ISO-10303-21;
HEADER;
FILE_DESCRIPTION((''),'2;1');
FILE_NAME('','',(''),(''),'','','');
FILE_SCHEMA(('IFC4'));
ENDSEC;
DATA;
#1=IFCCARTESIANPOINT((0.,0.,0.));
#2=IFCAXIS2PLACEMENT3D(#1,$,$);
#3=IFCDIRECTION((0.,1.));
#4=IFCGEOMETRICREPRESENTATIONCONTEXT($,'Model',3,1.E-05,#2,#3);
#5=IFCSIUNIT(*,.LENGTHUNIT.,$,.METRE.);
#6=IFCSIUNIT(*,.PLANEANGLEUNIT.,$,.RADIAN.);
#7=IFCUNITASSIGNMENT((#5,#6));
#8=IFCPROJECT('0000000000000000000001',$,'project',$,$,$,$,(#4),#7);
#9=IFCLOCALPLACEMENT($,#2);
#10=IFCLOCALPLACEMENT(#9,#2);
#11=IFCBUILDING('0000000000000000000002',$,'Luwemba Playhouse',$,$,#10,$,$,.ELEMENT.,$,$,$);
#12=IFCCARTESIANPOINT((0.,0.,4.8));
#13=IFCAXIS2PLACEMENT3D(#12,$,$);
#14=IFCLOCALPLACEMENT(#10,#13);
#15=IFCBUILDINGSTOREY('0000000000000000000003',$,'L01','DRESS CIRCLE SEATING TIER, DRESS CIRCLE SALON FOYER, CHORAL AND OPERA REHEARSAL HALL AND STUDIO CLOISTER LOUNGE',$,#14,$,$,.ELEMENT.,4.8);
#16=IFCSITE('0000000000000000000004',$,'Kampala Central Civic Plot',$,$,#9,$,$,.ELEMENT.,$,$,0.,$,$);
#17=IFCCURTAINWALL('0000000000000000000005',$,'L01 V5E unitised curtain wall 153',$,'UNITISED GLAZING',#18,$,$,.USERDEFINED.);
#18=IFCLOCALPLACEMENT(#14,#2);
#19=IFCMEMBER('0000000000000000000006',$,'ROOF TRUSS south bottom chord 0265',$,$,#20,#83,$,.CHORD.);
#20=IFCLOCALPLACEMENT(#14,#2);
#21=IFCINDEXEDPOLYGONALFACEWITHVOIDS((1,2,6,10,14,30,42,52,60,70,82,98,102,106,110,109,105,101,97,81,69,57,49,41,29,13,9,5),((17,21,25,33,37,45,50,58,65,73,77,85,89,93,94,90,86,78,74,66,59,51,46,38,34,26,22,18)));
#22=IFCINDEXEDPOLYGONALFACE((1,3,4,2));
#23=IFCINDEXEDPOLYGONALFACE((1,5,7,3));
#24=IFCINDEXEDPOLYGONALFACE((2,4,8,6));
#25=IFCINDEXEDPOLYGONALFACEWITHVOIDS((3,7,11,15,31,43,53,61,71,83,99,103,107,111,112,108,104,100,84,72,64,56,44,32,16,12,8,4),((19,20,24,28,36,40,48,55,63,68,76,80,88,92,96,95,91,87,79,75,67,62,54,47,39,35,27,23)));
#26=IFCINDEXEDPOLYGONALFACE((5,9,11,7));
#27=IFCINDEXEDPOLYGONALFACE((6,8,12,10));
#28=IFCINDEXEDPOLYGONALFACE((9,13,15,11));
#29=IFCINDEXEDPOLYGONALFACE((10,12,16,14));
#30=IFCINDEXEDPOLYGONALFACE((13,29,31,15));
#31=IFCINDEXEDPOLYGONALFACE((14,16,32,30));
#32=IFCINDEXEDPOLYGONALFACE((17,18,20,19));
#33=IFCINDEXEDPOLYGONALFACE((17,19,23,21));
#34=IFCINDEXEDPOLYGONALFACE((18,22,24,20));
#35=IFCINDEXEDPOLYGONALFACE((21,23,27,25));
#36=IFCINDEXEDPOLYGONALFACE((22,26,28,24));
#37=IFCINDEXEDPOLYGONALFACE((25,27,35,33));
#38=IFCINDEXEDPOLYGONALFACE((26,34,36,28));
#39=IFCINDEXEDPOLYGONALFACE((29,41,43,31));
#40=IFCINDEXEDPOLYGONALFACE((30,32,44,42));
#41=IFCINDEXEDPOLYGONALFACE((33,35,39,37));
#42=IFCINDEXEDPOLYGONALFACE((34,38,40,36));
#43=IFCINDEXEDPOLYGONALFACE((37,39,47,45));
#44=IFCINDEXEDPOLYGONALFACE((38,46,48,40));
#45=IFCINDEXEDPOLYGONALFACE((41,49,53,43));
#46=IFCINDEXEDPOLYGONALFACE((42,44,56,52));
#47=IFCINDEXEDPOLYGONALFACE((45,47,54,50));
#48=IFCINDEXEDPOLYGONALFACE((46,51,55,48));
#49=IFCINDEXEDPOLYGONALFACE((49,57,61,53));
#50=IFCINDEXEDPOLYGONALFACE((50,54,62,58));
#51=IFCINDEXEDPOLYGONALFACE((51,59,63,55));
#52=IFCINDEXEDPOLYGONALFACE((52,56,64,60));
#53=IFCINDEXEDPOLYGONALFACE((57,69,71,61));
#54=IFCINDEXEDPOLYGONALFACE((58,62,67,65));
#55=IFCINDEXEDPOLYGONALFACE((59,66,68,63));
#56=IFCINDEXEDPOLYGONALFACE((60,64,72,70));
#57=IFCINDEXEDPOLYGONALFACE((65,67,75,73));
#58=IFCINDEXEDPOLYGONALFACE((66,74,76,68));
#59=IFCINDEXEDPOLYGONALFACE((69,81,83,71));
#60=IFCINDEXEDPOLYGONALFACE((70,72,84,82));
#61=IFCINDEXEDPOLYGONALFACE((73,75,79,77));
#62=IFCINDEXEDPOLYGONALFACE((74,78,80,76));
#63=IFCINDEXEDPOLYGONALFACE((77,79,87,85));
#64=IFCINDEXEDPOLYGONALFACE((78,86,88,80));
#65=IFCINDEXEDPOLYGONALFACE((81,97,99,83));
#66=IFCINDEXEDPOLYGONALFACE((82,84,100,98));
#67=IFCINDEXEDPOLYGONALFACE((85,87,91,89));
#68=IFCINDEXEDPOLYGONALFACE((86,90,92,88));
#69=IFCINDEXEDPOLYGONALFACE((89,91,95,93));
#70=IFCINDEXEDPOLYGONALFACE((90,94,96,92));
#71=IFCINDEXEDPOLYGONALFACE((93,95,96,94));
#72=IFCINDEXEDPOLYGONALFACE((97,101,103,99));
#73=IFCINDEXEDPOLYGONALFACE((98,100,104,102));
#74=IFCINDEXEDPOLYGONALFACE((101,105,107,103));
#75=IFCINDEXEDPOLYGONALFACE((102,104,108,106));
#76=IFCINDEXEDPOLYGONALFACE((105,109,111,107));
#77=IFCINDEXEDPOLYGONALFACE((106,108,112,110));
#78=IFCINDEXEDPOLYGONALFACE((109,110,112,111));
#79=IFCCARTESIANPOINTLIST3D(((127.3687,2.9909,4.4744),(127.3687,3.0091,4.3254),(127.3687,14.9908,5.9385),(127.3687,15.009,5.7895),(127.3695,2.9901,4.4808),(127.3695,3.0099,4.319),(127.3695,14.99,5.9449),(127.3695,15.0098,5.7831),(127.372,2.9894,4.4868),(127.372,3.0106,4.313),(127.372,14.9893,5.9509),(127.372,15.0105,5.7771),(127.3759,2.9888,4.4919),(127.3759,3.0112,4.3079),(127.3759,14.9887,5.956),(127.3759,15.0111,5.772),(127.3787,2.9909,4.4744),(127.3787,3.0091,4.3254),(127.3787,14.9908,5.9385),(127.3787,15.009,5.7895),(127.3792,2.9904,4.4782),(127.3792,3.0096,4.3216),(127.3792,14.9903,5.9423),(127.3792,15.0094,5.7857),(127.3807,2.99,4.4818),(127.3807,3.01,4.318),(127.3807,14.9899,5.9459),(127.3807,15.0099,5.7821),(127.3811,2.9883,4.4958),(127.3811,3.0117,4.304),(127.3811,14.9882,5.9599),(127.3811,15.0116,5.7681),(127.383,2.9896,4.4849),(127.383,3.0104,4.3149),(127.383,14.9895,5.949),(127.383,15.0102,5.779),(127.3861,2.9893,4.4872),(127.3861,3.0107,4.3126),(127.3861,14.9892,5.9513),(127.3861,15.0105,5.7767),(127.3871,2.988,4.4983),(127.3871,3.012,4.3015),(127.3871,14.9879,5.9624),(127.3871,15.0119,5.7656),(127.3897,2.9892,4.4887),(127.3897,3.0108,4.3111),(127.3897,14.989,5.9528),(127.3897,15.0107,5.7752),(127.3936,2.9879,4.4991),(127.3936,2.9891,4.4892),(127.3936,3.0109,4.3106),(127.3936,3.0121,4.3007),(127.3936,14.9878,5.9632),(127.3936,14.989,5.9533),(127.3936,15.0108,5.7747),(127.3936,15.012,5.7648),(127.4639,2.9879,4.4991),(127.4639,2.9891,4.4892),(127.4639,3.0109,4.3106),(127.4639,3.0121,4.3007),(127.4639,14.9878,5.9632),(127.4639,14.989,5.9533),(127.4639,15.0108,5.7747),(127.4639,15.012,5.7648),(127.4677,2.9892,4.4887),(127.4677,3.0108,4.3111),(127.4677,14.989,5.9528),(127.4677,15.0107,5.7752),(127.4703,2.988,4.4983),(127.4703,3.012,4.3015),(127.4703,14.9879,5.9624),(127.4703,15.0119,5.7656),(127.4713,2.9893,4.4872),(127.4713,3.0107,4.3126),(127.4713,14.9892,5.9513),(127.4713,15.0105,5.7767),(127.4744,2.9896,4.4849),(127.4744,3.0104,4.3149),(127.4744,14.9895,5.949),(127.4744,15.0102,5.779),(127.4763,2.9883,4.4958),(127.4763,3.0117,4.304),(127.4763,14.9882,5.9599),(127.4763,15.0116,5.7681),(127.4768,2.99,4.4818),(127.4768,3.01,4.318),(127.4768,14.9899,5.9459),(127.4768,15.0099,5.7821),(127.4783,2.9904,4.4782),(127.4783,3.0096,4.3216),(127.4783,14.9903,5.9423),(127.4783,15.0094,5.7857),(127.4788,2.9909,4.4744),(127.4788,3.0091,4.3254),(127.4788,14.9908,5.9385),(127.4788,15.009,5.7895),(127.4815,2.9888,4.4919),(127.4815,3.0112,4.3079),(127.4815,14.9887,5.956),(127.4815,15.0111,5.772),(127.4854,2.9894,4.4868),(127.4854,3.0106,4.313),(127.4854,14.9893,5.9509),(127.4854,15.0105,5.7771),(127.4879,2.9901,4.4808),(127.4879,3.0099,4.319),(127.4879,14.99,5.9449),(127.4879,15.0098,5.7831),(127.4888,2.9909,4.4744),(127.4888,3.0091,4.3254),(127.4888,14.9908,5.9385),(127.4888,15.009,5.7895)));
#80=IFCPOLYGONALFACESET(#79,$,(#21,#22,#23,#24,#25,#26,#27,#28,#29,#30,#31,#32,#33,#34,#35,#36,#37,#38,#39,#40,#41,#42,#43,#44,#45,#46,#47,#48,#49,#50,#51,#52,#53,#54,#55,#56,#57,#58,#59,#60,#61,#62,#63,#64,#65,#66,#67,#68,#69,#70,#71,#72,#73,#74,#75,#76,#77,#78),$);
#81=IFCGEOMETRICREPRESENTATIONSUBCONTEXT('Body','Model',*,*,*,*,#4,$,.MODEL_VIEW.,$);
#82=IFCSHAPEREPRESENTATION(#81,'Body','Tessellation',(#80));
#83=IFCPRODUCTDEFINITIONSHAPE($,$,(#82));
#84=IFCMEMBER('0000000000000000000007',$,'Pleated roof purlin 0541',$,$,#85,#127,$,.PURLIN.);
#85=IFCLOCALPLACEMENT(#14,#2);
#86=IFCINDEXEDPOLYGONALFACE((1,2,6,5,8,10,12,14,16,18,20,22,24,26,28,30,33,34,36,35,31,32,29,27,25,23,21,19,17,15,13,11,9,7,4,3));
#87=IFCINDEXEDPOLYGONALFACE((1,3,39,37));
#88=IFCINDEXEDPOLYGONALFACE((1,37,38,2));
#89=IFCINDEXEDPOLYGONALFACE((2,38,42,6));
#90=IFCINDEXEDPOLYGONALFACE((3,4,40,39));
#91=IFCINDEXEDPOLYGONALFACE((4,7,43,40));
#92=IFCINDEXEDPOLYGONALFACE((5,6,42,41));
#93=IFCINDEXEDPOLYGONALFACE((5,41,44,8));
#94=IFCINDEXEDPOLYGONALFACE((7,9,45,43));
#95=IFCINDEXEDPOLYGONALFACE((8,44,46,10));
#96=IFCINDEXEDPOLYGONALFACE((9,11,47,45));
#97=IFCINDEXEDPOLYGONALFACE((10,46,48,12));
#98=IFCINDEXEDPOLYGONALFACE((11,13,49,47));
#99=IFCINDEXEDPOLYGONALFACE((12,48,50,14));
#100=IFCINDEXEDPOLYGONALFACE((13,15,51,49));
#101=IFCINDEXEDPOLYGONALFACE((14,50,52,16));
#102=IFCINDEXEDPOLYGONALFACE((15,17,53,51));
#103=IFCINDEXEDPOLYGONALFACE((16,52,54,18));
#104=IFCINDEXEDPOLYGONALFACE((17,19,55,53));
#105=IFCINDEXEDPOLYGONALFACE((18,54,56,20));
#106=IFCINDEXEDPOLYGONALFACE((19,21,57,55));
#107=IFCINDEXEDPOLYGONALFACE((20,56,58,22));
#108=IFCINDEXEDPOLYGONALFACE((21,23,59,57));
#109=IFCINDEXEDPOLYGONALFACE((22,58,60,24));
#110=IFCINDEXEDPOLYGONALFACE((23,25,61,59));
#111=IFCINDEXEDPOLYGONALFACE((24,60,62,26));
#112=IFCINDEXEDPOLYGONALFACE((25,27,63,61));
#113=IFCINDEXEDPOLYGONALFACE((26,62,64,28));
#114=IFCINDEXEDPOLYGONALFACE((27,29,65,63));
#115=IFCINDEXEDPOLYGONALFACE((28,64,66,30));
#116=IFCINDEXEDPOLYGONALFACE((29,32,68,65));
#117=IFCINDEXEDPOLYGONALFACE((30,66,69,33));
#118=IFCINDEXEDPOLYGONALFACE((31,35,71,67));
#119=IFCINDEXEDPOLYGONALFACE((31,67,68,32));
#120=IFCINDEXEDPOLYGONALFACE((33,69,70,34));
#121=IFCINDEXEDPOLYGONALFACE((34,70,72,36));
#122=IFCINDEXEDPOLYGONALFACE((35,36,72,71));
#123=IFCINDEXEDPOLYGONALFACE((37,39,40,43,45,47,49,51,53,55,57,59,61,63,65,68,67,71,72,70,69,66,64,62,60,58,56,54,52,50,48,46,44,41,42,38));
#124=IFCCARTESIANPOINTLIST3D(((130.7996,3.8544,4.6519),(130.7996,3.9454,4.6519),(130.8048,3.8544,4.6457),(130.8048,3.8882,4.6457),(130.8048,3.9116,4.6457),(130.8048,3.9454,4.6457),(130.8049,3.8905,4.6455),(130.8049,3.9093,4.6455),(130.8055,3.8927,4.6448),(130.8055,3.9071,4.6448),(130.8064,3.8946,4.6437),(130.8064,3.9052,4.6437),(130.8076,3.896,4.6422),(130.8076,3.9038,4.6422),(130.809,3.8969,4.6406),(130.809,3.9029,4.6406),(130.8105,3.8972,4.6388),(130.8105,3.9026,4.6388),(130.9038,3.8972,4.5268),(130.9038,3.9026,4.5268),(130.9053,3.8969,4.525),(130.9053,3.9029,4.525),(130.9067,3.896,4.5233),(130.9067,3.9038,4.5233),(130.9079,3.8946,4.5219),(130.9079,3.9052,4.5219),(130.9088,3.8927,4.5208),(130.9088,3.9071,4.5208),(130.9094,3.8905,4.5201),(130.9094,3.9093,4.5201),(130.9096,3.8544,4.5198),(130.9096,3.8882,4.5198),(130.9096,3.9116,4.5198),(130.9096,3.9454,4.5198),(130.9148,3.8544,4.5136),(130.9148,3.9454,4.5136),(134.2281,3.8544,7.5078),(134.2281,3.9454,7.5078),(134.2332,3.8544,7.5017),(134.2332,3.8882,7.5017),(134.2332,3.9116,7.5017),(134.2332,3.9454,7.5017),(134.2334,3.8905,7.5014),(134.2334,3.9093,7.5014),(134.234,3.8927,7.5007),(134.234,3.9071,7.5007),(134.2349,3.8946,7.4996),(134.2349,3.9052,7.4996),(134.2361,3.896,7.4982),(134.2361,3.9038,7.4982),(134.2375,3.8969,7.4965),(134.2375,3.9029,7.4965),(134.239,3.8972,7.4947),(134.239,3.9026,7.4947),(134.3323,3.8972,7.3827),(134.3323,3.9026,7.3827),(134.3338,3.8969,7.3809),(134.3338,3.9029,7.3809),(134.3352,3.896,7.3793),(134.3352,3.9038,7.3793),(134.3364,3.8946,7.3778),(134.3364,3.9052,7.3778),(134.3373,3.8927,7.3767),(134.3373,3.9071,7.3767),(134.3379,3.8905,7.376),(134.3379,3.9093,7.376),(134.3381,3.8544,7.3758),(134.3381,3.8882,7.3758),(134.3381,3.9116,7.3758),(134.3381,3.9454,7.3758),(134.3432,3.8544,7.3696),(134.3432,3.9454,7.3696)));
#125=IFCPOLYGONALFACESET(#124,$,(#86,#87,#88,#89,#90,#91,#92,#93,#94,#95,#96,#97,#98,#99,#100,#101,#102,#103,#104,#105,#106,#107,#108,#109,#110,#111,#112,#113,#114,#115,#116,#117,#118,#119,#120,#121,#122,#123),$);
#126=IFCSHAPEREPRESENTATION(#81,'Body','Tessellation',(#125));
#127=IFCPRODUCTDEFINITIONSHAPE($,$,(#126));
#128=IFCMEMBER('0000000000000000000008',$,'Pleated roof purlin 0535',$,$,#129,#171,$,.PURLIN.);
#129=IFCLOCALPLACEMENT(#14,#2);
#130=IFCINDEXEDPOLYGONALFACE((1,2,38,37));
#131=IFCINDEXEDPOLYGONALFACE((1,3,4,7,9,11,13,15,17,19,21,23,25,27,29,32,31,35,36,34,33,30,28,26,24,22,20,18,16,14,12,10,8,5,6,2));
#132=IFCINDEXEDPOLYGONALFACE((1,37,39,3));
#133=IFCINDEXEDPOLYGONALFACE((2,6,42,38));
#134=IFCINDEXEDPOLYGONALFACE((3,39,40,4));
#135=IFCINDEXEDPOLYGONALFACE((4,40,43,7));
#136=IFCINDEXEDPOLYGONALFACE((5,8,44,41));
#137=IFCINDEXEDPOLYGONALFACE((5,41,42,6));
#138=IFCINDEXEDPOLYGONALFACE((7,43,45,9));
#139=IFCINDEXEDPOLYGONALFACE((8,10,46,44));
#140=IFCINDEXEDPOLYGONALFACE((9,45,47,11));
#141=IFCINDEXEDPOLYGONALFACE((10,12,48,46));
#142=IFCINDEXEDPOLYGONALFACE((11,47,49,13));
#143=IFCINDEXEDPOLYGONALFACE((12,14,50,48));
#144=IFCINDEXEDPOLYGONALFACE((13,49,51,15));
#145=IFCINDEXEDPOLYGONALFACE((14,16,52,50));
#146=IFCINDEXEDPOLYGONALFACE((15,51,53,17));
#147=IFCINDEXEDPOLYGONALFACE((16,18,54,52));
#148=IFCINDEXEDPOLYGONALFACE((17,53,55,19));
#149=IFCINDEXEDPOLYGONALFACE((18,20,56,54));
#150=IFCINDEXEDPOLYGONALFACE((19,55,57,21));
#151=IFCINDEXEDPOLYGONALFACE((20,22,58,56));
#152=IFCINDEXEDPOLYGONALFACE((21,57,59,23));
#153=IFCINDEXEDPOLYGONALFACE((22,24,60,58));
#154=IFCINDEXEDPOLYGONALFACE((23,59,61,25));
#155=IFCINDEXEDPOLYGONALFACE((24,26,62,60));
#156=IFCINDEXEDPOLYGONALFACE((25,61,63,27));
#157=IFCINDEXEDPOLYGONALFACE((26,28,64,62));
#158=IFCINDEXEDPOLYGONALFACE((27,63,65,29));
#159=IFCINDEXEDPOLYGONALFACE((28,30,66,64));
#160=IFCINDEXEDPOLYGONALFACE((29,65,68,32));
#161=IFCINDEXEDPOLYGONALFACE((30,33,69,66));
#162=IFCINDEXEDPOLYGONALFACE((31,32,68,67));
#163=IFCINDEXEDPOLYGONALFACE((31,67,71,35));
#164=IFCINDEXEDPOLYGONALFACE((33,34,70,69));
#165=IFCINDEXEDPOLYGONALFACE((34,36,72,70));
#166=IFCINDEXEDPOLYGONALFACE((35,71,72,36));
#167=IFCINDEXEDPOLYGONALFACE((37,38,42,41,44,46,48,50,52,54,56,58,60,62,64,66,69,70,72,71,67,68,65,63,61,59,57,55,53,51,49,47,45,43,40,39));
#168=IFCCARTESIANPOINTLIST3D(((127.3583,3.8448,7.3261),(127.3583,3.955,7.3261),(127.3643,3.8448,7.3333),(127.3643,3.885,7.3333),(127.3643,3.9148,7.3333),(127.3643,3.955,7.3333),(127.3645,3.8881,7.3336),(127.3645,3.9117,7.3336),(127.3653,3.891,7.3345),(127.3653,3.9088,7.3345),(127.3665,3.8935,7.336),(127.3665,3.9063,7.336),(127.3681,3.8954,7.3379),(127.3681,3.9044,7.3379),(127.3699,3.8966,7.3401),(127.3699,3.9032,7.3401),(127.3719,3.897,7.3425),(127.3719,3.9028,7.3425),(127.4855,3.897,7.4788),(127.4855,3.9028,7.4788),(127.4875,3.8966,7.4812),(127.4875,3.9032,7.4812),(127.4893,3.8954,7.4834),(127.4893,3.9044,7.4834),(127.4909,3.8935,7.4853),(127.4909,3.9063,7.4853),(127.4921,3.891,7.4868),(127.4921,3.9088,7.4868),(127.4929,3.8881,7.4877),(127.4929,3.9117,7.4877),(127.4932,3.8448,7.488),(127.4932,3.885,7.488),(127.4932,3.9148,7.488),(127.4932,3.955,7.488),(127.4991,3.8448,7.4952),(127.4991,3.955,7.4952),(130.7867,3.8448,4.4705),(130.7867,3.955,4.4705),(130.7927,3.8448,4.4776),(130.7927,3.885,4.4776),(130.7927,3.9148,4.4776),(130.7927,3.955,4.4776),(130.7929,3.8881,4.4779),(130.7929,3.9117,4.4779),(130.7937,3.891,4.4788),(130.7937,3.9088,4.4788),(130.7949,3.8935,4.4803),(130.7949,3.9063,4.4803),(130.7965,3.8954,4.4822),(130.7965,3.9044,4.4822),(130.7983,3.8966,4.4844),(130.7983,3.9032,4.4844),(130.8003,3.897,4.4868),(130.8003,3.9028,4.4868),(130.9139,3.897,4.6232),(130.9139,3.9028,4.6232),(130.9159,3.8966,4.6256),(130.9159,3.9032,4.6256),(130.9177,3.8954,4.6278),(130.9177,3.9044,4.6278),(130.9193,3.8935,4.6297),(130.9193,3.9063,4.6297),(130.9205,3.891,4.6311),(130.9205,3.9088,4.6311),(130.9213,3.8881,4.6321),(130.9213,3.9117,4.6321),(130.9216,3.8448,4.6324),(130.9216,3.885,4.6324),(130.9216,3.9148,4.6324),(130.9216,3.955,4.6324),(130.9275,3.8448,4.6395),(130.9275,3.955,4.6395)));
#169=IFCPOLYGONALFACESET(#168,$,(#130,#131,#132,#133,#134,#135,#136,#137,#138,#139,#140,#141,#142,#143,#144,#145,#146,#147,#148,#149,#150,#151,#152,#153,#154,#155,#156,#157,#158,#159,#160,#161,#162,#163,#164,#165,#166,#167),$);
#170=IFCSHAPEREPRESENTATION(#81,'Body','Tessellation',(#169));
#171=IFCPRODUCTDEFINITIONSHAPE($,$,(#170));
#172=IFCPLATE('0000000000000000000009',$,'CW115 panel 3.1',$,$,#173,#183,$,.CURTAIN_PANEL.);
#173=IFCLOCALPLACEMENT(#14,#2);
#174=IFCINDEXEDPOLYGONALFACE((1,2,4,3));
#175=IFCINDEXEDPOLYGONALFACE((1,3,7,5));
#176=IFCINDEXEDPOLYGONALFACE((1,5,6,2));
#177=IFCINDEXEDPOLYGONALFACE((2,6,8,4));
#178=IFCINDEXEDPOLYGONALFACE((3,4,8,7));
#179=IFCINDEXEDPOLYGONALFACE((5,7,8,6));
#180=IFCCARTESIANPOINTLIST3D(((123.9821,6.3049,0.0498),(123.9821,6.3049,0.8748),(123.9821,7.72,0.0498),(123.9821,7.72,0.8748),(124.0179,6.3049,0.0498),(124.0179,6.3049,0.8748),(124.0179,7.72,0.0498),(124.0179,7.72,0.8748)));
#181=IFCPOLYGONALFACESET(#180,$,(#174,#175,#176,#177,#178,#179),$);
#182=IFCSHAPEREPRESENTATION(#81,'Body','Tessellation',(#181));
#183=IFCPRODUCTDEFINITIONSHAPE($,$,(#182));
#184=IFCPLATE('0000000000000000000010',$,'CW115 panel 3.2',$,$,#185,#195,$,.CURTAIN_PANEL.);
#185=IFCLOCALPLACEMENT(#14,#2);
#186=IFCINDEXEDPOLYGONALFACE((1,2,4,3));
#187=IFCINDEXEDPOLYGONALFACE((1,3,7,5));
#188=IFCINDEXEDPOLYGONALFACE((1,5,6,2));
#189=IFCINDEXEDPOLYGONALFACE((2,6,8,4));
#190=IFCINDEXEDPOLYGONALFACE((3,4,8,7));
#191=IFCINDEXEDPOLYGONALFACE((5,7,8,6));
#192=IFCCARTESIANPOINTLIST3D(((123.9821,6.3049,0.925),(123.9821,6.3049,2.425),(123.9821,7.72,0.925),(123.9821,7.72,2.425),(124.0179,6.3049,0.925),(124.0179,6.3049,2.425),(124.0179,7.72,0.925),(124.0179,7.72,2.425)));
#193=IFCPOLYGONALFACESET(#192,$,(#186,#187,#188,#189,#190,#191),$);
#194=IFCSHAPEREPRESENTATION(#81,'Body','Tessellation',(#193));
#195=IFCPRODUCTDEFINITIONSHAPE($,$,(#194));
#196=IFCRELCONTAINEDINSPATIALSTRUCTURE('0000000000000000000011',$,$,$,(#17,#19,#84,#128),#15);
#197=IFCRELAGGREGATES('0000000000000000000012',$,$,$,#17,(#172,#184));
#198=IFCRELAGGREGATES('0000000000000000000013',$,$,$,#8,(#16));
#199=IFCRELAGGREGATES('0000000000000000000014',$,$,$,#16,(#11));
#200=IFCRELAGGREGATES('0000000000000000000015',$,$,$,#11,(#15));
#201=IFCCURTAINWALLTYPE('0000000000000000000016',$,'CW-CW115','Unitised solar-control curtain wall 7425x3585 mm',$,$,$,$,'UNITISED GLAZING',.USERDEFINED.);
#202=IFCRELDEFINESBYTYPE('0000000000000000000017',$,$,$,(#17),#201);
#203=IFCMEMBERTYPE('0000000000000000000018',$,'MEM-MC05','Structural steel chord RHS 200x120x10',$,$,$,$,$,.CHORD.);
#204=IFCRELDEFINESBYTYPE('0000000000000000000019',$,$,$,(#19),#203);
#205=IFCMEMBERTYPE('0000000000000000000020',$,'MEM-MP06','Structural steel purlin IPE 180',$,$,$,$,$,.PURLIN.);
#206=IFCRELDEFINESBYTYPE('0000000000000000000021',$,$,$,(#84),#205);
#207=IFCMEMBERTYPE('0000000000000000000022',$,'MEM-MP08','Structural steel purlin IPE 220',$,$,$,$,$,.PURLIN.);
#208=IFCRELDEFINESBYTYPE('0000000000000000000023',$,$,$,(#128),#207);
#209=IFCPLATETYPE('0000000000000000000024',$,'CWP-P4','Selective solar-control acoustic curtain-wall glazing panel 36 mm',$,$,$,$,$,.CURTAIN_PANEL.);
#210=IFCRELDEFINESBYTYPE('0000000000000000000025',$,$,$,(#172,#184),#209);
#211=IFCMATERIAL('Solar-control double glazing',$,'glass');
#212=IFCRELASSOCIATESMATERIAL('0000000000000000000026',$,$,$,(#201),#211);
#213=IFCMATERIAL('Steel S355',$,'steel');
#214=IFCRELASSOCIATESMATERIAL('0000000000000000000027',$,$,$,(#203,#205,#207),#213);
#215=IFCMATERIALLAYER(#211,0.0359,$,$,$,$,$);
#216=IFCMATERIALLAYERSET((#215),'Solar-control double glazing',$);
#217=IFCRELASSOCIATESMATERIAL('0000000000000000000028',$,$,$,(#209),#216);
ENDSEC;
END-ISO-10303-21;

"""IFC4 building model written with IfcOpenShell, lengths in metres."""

from ifc_helpers import new_model, si_unit, direction, frame, origin, origin_2d, place, context, subcontext, project, spatial, rectangle, hollow_rectangle, i_section, extrude, material, layer, layer_set, material_profile, profile_set, type_object, element, aggregate, save


model = new_model("IFC4")

# Units and contexts
model_context = context("Model", 3, precision=1e-05, world=origin(), true_north=direction((0.0, 1.0)))
body_context = subcontext(model_context, "Body", "Model", "MODEL_VIEW")
ifc_project = project(units=[si_unit("LENGTHUNIT", "METRE"), si_unit("PLANEANGLEUNIT", "RADIAN")], contexts=[model_context])

# Site, building, storey
site_placement = place(None, origin())
site = spatial("IfcSite", under=ifc_project, at=site_placement, Name="Kampala Central Civic Plot", CompositionType="ELEMENT", RefElevation=0.0)
building_placement = place(site_placement, origin())
building = spatial("IfcBuilding", under=site, at=building_placement, Name="Luwemba Playhouse", CompositionType="ELEMENT")
storey_placement = place(building_placement, frame((0.0, 0.0, 4.8)))
storey = spatial("IfcBuildingStorey", under=building, at=storey_placement, Name="L01", Description="DRESS CIRCLE SEATING TIER, DRESS CIRCLE SALON FOYER, CHORAL AND OPERA REHEARSAL HALL AND STUDIO CLOISTER LOUNGE", CompositionType="ELEMENT", Elevation=4.8)

# Shared definitions
ifc_material_1 = material(Name="Steel S355", Category="steel")

# Curtain wall
ifc_material_2 = material(Name="Solar-control double glazing", Category="glass")
curtain_wall_type = type_object("IfcCurtainWallType", Name="CW-CW115", Description="Unitised solar-control curtain wall 7425x3585 mm", ElementType="UNITISED GLAZING", PredefinedType="USERDEFINED", material=ifc_material_2)
curtain_wall_placement = place(storey_placement, origin())
curtain_wall = element("IfcCurtainWall", 1, at=curtain_wall_placement, inside=storey, type_object=curtain_wall_type, Name="L01 V5E unitised curtain wall 153", ObjectType="UNITISED GLAZING", PredefinedType="USERDEFINED")

# Members
ifc_material_profile_1 = material_profile(ifc_material_1, hollow_rectangle(XDim=0.1201, YDim=0.2, WallThickness=0.01, InnerFilletRadius=0.0149, OuterFilletRadius=0.0249, at=origin_2d()))
ifc_profile_set_1 = profile_set([ifc_material_profile_1], Name="Steel S355")
member_type_1 = type_object("IfcMemberType", Name="MEM-MC05", Description="Structural steel chord RHS 200x120x10", PredefinedType="CHORD", material=ifc_profile_set_1)
member_1_placement = place(storey_placement, frame((127.4287, 3.0, 4.3999), z_axis=(0.0, 0.992639, 0.121111), x_axis=(-1.0, 0.0, 0.0)))
element("IfcMember", 2, at=member_1_placement, inside=storey, type_object=member_type_1, Name="ROOF TRUSS south bottom chord 0265", PredefinedType="CHORD", context=body_context, shape_type="SweptSolid", body=[
    extrude(hollow_rectangle(XDim=0.1201, YDim=0.2, WallThickness=0.01, InnerFilletRadius=0.0149, OuterFilletRadius=0.0249, at=origin_2d()), origin(), (0.0, 0.0, 1.0), 12.0889),
])
ifc_material_profile_2 = material_profile(ifc_material_1, i_section(OverallWidth=0.0911, OverallDepth=0.1799, WebThickness=0.0054, FlangeThickness=0.0081, FilletRadius=0.009, at=origin_2d()))
ifc_profile_set_2 = profile_set([ifc_material_profile_2], Name="Steel S355")
member_type_2 = type_object("IfcMemberType", Name="MEM-MP06", Description="Structural steel purlin IPE 180", PredefinedType="PURLIN", material=ifc_profile_set_2)
member_2_placement = place(storey_placement, frame((130.8572, 3.8999, 4.5828), z_axis=(0.768342, 0.0, 0.640039), x_axis=(0.0, 1.0, 0.0)))
element("IfcMember", 3, at=member_2_placement, inside=storey, type_object=member_type_2, Name="Pleated roof purlin 0541", PredefinedType="PURLIN", context=body_context, shape_type="SweptSolid", body=[
    extrude(i_section(OverallWidth=0.0911, OverallDepth=0.1799, WebThickness=0.0054, FlangeThickness=0.0081, FilletRadius=0.009, at=origin_2d()), origin(), (0.0, 0.0, 1.0), 4.4622),
])
ifc_material_profile_3 = material_profile(ifc_material_1, i_section(OverallWidth=0.1101, OverallDepth=0.22, WebThickness=0.0059, FlangeThickness=0.0093, FilletRadius=0.012, at=origin_2d()))
ifc_profile_set_3 = profile_set([ifc_material_profile_3], Name="Steel S355")
member_type_3 = type_object("IfcMemberType", Name="MEM-MP08", Description="Structural steel purlin IPE 220", PredefinedType="PURLIN", material=ifc_profile_set_3)
member_3_placement = place(storey_placement, frame((127.4287, 3.8999, 7.4106), z_axis=(0.768369, 0.0, -0.640007), x_axis=(0.0, 1.0, 0.0)))
element("IfcMember", 4, at=member_3_placement, inside=storey, type_object=member_type_3, Name="Pleated roof purlin 0535", PredefinedType="PURLIN", context=body_context, shape_type="SweptSolid", body=[
    extrude(i_section(OverallWidth=0.1101, OverallDepth=0.22, WebThickness=0.0059, FlangeThickness=0.0093, FilletRadius=0.012, at=origin_2d()), origin(), (0.0, 0.0, 1.0), 4.4619),
])

# Plates
ifc_layer_1 = layer(ifc_material_2, 0.0359)
ifc_layer_set_1 = layer_set([ifc_layer_1], Name="Solar-control double glazing")
plate_type_1 = type_object("IfcPlateType", Name="CWP-P4", Description="Selective solar-control acoustic curtain-wall glazing panel 36 mm", PredefinedType="CURTAIN_PANEL", material=ifc_layer_set_1)
plate_1_placement = place(storey_placement, frame((124.0, 7.0125, 0.0498), z_axis=(0.0, 0.0, 1.0), x_axis=(0.0, 1.0, 0.0)))
plate_1 = element("IfcPlate", 5, at=plate_1_placement, type_object=plate_type_1, Name="CW115 panel 3.1", PredefinedType="CURTAIN_PANEL", context=body_context, shape_type="SweptSolid", body=[
    extrude(rectangle(XDim=1.415, YDim=0.0359, at=origin_2d()), origin(), (0.0, 0.0, 1.0), 0.825),
])
plate_2_placement = place(storey_placement, frame((124.0, 7.0125, 0.925), z_axis=(0.0, 0.0, 1.0), x_axis=(0.0, 1.0, 0.0)))
plate_2 = element("IfcPlate", 6, at=plate_2_placement, type_object=plate_type_1, Name="CW115 panel 3.2", PredefinedType="CURTAIN_PANEL", context=body_context, shape_type="SweptSolid", body=[
    extrude(rectangle(XDim=1.415, YDim=0.0359, at=origin_2d()), origin(), (0.0, 0.0, 1.0), 1.5),
])
aggregate(curtain_wall, [plate_1, plate_2])

save(model, "model.ifc")
